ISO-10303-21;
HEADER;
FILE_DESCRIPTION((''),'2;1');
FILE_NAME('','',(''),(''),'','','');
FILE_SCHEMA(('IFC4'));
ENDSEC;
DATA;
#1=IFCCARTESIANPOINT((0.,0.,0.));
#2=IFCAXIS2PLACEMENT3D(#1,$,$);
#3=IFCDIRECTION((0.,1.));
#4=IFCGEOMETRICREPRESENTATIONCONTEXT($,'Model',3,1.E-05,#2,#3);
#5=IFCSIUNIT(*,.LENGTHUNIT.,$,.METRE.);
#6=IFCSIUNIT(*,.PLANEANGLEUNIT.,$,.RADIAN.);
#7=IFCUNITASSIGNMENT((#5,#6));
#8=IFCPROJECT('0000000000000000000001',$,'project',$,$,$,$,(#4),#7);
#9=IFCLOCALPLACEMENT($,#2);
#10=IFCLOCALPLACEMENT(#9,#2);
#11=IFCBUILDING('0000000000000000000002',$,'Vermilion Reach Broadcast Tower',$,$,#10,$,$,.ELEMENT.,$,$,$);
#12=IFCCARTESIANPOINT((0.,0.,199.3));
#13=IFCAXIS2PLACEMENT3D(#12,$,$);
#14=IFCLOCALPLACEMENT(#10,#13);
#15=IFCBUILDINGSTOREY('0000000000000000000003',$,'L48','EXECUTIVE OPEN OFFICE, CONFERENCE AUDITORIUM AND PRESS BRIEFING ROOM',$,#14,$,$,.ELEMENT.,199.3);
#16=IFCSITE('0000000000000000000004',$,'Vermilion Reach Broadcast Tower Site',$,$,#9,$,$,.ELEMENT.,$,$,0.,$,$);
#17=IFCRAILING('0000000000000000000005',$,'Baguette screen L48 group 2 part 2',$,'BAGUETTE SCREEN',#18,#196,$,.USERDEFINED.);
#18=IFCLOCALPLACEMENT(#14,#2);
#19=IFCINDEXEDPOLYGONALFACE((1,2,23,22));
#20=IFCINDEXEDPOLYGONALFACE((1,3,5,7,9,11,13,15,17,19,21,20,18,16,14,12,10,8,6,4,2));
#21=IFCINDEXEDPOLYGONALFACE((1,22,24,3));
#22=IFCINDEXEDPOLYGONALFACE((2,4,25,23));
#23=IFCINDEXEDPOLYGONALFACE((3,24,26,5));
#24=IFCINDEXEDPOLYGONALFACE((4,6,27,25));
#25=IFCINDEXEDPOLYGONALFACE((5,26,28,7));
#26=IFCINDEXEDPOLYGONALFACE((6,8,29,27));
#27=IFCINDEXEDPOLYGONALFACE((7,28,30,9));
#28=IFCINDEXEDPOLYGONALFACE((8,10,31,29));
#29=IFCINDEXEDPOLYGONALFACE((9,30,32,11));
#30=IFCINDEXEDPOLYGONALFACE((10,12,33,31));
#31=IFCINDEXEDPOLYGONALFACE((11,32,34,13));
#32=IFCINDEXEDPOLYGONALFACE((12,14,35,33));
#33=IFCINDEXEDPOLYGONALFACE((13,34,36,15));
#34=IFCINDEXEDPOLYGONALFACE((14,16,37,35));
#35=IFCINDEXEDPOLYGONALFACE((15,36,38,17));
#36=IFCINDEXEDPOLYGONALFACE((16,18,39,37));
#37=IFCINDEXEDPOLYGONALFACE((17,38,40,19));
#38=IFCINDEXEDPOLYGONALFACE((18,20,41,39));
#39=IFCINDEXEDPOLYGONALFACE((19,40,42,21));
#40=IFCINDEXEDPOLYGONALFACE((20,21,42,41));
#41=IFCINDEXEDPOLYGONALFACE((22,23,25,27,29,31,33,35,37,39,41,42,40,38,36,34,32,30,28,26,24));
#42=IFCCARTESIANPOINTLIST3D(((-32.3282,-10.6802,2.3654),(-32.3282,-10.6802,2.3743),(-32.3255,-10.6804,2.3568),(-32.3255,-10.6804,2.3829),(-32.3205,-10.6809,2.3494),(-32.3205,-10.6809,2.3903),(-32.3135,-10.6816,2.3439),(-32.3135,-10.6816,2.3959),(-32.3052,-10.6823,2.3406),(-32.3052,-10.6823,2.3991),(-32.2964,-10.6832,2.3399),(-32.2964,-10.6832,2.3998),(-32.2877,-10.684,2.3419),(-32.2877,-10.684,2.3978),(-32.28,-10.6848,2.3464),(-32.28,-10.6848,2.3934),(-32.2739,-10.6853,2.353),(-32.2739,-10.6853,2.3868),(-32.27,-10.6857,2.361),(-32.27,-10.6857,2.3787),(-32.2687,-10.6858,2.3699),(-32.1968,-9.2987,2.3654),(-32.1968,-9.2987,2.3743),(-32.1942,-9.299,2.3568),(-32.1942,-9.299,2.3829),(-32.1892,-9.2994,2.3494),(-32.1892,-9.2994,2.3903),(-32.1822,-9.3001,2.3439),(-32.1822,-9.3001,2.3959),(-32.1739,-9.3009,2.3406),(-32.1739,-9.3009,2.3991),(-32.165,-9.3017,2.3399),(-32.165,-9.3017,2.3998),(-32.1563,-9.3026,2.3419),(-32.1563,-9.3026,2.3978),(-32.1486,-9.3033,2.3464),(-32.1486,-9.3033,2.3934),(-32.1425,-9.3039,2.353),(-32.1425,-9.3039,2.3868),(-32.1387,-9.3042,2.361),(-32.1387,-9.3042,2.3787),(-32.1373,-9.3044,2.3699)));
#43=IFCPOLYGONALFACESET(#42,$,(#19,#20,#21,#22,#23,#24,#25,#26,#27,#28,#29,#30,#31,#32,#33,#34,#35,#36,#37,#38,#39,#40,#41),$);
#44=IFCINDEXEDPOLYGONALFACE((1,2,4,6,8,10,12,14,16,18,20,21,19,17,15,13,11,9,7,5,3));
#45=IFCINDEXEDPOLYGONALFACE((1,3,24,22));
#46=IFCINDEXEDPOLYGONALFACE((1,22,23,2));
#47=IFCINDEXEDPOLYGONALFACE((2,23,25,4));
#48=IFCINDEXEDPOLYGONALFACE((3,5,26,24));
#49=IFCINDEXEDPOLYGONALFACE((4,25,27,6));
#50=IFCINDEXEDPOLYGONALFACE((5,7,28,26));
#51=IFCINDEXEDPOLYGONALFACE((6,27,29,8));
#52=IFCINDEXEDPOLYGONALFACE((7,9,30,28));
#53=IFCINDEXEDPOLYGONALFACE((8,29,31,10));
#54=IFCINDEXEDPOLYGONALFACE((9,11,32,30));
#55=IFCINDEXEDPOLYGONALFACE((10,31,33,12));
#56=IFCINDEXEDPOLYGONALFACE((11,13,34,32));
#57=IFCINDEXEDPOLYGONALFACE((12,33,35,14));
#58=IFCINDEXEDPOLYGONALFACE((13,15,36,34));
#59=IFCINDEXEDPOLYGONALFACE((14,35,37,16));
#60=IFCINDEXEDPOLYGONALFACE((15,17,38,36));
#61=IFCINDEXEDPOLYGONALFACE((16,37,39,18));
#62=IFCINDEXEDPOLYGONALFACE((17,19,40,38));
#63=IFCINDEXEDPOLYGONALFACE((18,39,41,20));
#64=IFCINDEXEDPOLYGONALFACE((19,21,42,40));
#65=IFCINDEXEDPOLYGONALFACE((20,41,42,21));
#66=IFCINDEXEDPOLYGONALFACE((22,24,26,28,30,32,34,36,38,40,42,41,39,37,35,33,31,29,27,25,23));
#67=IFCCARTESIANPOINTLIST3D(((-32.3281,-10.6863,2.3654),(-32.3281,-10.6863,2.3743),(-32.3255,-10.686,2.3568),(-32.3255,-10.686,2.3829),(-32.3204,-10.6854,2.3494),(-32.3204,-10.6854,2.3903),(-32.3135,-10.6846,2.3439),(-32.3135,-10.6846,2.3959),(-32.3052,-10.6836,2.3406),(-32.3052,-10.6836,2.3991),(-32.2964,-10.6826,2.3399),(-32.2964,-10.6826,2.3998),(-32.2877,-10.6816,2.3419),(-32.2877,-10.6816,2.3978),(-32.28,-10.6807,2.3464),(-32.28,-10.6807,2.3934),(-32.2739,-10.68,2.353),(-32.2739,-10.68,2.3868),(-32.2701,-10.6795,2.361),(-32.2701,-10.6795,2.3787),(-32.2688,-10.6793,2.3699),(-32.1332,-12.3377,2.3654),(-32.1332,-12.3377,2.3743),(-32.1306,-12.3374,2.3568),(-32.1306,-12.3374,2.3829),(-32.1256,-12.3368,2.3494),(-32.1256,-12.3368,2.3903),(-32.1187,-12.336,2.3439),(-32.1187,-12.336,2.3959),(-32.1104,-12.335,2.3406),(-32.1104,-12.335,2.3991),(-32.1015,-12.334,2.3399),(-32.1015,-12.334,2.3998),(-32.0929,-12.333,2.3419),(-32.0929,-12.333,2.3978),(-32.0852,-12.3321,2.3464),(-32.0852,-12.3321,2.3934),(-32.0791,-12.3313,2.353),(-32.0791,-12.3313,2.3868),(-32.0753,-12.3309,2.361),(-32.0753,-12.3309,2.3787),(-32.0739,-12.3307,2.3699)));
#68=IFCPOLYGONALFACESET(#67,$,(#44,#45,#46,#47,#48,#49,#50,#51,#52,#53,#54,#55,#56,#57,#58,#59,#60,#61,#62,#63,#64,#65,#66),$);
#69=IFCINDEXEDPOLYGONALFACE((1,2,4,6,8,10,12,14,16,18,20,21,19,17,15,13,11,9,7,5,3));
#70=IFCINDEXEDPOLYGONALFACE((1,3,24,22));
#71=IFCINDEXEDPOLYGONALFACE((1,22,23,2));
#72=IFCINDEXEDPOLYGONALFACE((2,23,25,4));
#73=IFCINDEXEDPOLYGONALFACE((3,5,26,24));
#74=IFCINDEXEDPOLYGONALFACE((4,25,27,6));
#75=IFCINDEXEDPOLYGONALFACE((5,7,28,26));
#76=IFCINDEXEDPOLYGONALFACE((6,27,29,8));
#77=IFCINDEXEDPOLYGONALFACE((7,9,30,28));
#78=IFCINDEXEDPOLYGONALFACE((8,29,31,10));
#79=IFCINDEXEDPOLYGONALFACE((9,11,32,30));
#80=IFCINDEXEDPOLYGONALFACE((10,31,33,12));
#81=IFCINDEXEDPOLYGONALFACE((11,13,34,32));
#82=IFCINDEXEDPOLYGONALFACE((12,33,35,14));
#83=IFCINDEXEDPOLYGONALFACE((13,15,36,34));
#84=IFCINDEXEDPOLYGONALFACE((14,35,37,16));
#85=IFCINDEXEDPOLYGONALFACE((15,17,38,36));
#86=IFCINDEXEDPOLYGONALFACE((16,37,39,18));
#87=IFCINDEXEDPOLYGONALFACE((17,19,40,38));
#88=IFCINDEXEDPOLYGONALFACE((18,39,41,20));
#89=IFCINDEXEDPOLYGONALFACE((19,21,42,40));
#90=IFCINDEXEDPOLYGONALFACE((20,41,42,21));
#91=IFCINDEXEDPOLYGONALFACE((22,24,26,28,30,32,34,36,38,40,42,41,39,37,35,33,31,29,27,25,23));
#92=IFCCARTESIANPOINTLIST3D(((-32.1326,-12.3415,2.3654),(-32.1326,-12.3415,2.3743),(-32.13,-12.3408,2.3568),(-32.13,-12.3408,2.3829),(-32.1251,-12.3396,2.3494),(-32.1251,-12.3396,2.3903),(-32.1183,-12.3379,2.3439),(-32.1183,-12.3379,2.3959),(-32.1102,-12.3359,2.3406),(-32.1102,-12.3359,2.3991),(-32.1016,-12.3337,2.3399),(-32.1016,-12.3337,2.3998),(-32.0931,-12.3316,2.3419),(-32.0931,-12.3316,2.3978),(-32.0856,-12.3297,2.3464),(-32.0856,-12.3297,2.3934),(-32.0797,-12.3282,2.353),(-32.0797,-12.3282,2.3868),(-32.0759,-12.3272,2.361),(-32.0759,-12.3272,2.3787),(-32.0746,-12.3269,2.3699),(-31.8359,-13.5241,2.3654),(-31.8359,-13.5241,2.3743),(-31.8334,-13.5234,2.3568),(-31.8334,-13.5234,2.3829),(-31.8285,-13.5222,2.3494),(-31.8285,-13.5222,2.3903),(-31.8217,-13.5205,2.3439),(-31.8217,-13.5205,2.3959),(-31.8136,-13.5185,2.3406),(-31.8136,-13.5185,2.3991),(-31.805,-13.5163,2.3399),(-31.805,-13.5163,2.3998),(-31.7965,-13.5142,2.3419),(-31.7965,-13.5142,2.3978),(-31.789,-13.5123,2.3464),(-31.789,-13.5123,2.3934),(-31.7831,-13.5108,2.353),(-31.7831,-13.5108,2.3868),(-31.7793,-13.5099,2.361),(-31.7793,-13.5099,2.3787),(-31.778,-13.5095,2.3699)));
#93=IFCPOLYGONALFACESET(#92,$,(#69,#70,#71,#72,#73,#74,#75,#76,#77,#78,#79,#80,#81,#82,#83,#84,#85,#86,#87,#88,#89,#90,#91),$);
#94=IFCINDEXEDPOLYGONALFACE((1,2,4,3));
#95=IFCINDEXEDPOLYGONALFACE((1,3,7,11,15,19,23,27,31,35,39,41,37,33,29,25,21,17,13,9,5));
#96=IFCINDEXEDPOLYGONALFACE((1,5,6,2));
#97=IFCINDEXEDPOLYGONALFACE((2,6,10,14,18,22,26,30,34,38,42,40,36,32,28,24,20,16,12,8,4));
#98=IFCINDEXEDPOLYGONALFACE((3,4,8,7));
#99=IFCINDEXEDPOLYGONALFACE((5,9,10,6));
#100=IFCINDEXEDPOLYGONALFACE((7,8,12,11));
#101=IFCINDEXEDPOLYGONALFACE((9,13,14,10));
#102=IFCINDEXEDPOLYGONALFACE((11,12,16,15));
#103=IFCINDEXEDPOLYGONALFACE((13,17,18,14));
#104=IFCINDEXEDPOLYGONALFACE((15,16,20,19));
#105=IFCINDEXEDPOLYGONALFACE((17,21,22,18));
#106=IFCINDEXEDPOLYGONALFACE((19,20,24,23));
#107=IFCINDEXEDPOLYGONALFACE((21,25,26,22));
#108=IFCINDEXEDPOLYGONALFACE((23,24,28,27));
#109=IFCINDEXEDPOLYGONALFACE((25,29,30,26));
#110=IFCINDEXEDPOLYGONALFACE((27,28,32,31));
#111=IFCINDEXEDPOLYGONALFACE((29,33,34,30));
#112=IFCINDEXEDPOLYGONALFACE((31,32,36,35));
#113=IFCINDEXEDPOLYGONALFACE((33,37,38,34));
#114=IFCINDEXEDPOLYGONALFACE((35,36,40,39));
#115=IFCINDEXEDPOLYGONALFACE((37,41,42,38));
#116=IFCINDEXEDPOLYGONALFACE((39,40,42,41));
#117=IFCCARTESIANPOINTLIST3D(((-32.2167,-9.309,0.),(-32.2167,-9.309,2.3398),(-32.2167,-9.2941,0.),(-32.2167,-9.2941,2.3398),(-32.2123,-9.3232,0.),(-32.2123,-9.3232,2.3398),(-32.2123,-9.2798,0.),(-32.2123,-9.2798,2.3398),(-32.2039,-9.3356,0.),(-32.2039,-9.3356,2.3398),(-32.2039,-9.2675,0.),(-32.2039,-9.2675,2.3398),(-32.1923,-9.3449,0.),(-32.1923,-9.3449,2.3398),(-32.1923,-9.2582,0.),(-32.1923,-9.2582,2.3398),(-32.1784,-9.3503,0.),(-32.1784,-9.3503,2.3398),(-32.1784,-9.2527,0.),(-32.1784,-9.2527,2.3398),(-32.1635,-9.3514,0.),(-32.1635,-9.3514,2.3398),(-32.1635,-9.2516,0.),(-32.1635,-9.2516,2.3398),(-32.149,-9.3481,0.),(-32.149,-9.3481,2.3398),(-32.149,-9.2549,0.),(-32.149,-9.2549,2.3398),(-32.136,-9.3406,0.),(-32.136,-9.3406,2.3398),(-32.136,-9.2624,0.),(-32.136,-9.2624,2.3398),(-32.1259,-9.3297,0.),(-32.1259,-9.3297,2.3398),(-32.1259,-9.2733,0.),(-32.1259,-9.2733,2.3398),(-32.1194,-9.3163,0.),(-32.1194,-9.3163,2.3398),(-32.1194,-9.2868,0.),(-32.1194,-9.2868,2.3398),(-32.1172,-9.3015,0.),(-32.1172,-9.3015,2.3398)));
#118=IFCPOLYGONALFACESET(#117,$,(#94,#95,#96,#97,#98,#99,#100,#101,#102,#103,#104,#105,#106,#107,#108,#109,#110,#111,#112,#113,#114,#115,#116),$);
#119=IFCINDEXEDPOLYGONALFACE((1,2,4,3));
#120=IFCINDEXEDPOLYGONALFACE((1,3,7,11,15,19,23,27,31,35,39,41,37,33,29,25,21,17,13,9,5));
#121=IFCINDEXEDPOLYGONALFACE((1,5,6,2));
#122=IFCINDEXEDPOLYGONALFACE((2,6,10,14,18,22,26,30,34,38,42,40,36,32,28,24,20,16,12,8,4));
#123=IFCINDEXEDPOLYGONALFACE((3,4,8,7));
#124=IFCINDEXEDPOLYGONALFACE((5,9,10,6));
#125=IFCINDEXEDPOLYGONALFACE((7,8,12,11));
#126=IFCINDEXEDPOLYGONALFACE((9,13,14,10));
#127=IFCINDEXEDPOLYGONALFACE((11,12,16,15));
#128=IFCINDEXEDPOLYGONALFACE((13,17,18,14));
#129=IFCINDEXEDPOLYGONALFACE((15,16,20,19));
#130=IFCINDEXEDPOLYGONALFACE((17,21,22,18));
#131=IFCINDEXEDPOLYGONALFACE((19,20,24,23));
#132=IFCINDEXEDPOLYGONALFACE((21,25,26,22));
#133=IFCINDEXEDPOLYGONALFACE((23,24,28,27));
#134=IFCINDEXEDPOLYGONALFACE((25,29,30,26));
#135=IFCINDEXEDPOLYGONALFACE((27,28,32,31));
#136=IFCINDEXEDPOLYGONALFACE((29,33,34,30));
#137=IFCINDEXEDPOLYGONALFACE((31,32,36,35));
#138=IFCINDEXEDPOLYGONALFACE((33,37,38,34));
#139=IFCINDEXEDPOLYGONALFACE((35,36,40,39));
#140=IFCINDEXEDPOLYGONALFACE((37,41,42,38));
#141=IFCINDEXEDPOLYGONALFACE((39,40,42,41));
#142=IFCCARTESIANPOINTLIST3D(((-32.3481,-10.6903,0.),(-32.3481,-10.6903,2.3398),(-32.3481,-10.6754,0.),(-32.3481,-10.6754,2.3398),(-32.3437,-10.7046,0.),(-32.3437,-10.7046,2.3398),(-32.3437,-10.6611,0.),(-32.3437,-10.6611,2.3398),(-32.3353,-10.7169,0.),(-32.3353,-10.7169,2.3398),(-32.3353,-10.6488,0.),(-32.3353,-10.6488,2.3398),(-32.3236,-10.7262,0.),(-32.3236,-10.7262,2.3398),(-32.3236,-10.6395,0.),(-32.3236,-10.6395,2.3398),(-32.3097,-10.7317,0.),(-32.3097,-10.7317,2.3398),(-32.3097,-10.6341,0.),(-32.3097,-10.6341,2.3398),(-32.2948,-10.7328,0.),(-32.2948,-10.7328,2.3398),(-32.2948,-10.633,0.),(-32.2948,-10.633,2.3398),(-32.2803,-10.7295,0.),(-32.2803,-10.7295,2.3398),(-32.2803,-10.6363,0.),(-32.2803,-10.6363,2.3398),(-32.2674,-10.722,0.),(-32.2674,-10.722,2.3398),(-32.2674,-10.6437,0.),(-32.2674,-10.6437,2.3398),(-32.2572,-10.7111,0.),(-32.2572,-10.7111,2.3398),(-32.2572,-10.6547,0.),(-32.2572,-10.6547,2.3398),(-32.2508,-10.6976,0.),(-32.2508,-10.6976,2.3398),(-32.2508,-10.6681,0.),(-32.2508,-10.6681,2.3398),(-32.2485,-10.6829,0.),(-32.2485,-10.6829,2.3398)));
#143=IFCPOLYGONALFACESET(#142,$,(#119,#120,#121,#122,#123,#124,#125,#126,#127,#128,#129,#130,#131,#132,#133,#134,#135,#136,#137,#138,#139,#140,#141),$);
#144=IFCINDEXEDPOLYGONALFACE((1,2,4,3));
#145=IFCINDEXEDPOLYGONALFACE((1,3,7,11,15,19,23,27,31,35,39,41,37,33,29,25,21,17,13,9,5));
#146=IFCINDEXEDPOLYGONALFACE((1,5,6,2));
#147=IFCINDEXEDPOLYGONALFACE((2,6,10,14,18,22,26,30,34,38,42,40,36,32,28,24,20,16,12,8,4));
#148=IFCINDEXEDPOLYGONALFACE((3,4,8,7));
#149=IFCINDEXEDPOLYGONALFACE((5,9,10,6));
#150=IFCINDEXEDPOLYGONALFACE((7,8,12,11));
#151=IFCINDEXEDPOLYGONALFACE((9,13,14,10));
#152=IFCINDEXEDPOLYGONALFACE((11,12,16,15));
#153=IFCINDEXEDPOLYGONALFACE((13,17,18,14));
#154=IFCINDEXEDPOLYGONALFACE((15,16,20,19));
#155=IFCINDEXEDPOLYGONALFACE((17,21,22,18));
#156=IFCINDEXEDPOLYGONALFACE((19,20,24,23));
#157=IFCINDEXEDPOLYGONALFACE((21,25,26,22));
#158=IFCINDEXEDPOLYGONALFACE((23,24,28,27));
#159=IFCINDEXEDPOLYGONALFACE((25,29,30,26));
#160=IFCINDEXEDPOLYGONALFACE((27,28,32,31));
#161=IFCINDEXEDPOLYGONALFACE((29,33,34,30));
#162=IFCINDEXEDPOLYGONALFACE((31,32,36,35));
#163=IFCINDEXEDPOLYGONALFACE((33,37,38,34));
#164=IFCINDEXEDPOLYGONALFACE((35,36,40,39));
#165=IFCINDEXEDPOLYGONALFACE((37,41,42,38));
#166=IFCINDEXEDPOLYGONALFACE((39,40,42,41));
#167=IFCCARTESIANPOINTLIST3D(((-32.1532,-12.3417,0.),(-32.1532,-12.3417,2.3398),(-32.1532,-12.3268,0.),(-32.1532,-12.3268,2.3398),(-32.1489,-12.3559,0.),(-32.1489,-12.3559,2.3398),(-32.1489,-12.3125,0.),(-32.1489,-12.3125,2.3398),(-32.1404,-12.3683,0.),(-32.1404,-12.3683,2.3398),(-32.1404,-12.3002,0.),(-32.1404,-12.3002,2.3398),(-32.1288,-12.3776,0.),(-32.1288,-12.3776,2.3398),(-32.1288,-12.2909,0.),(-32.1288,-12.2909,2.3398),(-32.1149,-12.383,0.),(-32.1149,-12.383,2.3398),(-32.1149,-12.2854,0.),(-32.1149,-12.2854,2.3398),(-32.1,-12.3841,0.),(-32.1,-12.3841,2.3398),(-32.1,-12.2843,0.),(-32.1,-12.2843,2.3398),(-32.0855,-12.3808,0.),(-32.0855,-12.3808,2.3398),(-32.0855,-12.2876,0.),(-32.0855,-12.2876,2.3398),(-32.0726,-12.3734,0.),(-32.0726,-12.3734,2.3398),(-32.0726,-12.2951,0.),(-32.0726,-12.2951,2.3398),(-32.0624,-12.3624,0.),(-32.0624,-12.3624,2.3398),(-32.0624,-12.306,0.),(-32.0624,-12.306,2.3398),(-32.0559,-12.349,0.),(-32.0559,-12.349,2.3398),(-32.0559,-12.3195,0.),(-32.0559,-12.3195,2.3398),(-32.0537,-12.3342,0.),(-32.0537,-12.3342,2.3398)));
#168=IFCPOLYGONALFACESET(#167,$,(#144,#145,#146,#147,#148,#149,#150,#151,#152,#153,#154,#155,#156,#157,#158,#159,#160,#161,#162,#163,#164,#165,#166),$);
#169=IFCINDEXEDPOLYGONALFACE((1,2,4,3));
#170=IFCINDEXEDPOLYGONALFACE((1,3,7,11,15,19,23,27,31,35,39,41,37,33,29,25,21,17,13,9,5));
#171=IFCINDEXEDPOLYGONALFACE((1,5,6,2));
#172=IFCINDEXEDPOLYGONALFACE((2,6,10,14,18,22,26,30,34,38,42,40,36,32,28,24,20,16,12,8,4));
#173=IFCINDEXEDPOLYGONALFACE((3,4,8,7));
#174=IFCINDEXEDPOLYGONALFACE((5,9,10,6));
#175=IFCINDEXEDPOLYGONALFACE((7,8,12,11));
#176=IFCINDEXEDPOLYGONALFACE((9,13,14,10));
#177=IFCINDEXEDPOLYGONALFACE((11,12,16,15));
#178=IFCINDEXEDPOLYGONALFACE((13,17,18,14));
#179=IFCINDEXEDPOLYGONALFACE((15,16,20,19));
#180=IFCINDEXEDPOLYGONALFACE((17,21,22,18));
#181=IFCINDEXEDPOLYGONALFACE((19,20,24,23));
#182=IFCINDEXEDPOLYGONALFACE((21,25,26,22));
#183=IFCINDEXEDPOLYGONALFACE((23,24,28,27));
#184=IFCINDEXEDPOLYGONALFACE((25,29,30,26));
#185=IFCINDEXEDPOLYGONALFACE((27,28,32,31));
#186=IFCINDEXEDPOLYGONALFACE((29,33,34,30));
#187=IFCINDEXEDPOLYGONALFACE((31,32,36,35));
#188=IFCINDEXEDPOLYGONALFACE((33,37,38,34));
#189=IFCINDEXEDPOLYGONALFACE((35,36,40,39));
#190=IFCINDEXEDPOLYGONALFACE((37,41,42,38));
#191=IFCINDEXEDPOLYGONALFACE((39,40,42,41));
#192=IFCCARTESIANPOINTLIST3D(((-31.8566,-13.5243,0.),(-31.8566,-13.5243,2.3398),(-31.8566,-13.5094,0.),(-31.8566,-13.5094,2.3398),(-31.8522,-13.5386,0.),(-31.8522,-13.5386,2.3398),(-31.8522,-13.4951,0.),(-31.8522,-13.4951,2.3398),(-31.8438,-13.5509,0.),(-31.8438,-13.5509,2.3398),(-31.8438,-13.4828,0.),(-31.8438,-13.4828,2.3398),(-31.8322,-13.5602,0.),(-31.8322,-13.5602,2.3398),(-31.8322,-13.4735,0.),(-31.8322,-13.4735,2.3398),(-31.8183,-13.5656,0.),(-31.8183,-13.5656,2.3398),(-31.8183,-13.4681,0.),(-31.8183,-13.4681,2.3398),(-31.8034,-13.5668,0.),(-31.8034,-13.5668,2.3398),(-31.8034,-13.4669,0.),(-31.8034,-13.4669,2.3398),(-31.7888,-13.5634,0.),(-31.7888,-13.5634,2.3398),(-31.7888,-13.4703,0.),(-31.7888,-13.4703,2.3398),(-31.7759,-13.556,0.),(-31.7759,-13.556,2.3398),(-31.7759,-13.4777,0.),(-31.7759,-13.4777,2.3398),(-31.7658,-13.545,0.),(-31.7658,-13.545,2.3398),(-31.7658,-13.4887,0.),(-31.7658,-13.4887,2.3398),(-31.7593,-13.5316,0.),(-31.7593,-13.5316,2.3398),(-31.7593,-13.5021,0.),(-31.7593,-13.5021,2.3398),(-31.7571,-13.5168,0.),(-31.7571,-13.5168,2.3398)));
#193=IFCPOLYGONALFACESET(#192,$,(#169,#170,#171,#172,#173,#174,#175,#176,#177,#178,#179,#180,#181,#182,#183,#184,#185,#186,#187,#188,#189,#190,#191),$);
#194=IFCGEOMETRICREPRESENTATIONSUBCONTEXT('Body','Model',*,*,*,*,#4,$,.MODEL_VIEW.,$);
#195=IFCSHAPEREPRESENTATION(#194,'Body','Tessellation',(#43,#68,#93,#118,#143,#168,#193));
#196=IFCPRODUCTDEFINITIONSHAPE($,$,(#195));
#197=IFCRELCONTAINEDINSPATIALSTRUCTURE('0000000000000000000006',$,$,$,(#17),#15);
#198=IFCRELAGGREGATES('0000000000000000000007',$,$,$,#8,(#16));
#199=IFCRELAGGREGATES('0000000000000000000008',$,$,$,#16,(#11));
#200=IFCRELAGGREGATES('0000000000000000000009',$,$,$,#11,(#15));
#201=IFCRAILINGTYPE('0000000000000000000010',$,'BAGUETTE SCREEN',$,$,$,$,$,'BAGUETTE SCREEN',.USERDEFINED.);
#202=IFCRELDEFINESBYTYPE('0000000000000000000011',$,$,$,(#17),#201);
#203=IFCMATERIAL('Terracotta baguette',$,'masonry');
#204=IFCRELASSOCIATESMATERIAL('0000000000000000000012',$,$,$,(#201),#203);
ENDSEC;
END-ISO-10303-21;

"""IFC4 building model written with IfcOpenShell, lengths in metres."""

from ifc_helpers import new_model, si_unit, direction, frame, origin, origin_2d, place, context, subcontext, project, spatial, circle, extrude, material, type_object, element, save


model = new_model("IFC4")

# Units and contexts
model_context = context("Model", 3, precision=1e-05, world=origin(), true_north=direction((0.0, 1.0)))
body_context = subcontext(model_context, "Body", "Model", "MODEL_VIEW")
ifc_project = project(units=[si_unit("LENGTHUNIT", "METRE"), si_unit("PLANEANGLEUNIT", "RADIAN")], contexts=[model_context])

# Site, building, storey
site_placement = place(None, origin())
site = spatial("IfcSite", under=ifc_project, at=site_placement, Name="Vermilion Reach Broadcast Tower Site", CompositionType="ELEMENT", RefElevation=0.0)
building_placement = place(site_placement, origin())
building = spatial("IfcBuilding", under=site, at=building_placement, Name="Vermilion Reach Broadcast Tower", CompositionType="ELEMENT")
storey_placement = place(building_placement, frame((0.0, 0.0, 199.3)))
storey = spatial("IfcBuildingStorey", under=building, at=storey_placement, Name="L48", Description="EXECUTIVE OPEN OFFICE, CONFERENCE AUDITORIUM AND PRESS BRIEFING ROOM", CompositionType="ELEMENT", Elevation=199.3)

# Railing
ifc_material_1 = material(Name="Terracotta baguette", Category="masonry")
railing_type = type_object("IfcRailingType", Name="BAGUETTE SCREEN", ElementType="BAGUETTE SCREEN", PredefinedType="USERDEFINED", material=ifc_material_1)
railing_placement = place(storey_placement, frame((-32.1672, -9.3015, 0.0)))
element("IfcRailing", 1, at=railing_placement, inside=storey, type_object=railing_type, Name="Baguette screen L48 group 2 part 2", ObjectType="BAGUETTE SCREEN", PredefinedType="USERDEFINED", context=body_context, shape_type="SweptSolid", body=[
    extrude(circle(Radius=0.03, at=origin_2d()), frame((0.0, 0.0, 2.3699), z_axis=(-0.09466, -0.99551, 0.0), x_axis=(0.99551, -0.09466, 0.0)), (0.0, 0.0, 1.0), 1.3877),
    extrude(circle(Radius=0.03, at=origin_2d()), frame((-0.1313, -1.3813, 2.3699), z_axis=(0.117165, -0.993112, 0.0), x_axis=(0.993112, 0.117165, 0.0)), (0.0, 0.0, 1.0), 1.6628),
    extrude(circle(Radius=0.03, at=origin_2d()), frame((0.0635, -3.0327, 2.3699), z_axis=(0.243289, -0.969954, 0.0), x_axis=(0.969954, 0.243289, 0.0)), (0.0, 0.0, 1.0), 1.2192),
    extrude(circle(Radius=0.05, at=origin_2d()), origin(), (0.0, 0.0, 1.0), 2.3398),
    extrude(circle(Radius=0.05, at=origin_2d()), frame((-0.1313, -1.3813, 0.0)), (0.0, 0.0, 1.0), 2.3398),
    extrude(circle(Radius=0.05, at=origin_2d()), frame((0.0635, -3.0327, 0.0)), (0.0, 0.0, 1.0), 2.3398),
    extrude(circle(Radius=0.05, at=origin_2d()), frame((0.3601, -4.2153, 0.0)), (0.0, 0.0, 1.0), 2.3398),
])

save(model, "model.ifc")
